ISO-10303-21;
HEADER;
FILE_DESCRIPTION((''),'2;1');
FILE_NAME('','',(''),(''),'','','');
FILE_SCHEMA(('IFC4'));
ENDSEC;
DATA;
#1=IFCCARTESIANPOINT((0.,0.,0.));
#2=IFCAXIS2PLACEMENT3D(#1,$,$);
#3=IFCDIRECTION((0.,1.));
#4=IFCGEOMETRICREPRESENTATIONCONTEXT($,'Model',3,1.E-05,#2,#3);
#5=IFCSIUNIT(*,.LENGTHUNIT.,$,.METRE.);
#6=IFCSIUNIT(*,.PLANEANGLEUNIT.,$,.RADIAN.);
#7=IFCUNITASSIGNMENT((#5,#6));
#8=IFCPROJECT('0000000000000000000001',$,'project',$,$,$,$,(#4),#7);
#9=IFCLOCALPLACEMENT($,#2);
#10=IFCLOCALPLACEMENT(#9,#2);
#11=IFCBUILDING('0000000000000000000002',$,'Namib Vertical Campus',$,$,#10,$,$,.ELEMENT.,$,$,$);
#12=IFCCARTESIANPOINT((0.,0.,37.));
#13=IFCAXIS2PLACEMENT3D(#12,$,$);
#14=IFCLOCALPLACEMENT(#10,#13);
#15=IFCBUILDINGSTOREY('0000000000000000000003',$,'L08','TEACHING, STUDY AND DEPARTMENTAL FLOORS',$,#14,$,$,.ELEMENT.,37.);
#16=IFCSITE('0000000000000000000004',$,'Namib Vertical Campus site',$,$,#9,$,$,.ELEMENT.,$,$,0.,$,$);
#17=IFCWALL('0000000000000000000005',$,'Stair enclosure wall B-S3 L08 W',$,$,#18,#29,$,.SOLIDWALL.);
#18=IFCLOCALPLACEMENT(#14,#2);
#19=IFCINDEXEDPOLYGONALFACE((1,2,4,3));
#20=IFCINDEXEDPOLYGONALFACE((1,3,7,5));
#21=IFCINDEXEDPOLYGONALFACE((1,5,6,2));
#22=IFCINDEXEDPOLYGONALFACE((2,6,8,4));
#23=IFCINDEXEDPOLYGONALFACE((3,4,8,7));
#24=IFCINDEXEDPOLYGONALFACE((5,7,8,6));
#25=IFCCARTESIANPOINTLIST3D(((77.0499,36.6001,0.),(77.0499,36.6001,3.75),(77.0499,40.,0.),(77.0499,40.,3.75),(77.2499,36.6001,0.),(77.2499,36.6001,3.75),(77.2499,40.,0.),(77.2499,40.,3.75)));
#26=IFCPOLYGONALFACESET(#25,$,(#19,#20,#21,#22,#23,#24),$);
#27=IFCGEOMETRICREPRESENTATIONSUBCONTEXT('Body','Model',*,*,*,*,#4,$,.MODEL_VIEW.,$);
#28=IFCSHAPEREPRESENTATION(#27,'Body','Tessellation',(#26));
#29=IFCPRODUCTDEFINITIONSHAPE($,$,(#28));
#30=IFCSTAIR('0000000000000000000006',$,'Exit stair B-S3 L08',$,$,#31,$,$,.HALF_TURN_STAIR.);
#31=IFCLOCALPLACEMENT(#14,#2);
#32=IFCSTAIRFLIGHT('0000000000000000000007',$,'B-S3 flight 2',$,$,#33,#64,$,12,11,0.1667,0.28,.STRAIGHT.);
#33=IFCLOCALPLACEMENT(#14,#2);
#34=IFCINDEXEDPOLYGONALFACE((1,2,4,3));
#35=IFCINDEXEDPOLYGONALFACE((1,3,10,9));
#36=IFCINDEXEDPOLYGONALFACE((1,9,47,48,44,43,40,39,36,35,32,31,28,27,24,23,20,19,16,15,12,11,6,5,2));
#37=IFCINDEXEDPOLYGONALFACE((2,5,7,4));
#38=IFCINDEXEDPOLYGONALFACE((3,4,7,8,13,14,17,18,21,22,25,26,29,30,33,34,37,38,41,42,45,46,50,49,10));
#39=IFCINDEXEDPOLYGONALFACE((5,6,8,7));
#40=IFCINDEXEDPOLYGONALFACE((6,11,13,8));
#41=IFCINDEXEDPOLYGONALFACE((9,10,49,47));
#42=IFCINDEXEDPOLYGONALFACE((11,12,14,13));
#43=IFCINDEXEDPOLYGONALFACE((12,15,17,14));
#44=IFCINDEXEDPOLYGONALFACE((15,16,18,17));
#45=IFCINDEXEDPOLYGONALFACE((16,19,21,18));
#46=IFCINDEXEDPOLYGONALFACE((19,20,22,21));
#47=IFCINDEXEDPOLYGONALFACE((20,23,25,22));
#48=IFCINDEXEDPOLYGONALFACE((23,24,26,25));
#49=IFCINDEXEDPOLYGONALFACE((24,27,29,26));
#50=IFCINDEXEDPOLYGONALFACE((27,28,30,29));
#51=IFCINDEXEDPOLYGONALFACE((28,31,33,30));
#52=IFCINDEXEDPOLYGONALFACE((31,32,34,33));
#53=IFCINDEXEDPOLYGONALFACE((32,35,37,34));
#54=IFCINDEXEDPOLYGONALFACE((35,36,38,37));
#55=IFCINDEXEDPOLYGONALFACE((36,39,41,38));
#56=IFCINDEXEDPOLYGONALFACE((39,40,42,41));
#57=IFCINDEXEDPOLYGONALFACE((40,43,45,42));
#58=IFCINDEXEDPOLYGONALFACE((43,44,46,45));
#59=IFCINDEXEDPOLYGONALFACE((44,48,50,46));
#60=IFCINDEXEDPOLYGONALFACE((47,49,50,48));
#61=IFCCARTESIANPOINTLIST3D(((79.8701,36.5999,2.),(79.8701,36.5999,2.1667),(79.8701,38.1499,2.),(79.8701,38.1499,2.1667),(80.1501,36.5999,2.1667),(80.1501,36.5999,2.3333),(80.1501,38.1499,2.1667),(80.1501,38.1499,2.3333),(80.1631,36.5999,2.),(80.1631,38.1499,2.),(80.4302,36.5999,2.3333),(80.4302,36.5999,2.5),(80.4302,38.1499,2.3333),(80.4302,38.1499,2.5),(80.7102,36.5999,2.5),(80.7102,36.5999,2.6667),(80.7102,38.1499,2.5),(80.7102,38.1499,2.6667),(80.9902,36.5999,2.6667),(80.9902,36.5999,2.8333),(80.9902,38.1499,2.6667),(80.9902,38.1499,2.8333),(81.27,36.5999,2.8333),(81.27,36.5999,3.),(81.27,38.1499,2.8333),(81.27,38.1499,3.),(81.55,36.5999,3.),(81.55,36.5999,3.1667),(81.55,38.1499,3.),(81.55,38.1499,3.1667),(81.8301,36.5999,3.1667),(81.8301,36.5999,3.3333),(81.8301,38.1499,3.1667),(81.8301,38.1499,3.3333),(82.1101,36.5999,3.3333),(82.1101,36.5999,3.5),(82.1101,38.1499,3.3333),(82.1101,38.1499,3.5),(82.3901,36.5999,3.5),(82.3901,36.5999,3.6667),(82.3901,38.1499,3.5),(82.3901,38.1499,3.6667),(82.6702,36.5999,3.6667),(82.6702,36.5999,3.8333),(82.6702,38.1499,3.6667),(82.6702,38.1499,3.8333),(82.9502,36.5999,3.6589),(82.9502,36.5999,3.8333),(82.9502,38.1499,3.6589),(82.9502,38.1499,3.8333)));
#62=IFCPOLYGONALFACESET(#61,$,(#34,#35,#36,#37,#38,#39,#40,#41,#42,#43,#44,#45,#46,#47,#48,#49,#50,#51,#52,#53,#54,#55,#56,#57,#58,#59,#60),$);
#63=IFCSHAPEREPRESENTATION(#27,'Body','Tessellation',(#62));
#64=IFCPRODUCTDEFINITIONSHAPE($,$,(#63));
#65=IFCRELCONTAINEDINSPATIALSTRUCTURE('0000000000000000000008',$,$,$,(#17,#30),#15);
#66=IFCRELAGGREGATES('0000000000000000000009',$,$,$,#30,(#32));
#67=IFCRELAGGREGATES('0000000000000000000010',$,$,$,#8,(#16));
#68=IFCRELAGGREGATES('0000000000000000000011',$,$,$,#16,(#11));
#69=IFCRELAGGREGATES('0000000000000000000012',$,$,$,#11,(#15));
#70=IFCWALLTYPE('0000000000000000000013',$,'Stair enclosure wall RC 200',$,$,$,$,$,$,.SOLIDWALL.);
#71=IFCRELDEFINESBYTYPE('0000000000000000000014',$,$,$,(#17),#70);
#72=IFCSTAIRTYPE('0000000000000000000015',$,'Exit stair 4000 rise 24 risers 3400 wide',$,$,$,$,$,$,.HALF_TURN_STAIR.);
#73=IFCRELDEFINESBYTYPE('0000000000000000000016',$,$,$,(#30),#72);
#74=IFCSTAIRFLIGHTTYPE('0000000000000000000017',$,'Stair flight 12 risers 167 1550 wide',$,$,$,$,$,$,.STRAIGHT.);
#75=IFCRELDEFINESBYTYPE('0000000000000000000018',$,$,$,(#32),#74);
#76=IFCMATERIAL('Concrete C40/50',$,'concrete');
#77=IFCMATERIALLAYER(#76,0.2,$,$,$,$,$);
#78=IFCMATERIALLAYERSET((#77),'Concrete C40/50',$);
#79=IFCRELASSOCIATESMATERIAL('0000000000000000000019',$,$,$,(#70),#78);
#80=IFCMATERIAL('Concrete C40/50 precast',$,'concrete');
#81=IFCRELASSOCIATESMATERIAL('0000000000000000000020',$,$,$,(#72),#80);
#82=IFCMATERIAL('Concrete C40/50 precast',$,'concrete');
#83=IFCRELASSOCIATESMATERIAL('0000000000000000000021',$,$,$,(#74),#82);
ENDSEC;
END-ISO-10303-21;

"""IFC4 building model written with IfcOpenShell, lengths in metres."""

from ifc_helpers import new_model, si_unit, direction, frame, frame_2d, origin, place, context, subcontext, project, spatial, polyline, rectangle, outline, extrude, material, layer, layer_set, type_object, element, aggregate, save


model = new_model("IFC4")

# Units and contexts
model_context = context("Model", 3, precision=1e-05, world=origin(), true_north=direction((0.0, 1.0)))
body_context = subcontext(model_context, "Body", "Model", "MODEL_VIEW")
ifc_project = project(units=[si_unit("LENGTHUNIT", "METRE"), si_unit("PLANEANGLEUNIT", "RADIAN")], contexts=[model_context])

# Site, building, storey
site_placement = place(None, origin())
site = spatial("IfcSite", under=ifc_project, at=site_placement, Name="Namib Vertical Campus site", CompositionType="ELEMENT", RefElevation=0.0)
building_placement = place(site_placement, origin())
building = spatial("IfcBuilding", under=site, at=building_placement, Name="Namib Vertical Campus", CompositionType="ELEMENT")
storey_placement = place(building_placement, frame((0.0, 0.0, 37.0)))
storey = spatial("IfcBuildingStorey", under=building, at=storey_placement, Name="L08", Description="TEACHING, STUDY AND DEPARTMENTAL FLOORS", CompositionType="ELEMENT", Elevation=37.0)

# Shared definitions
ifc_material_1 = material(Name="Concrete C40/50", Category="concrete")
ifc_layer_1 = layer(ifc_material_1, 0.2)
ifc_layer_set_1 = layer_set([ifc_layer_1], Name="Concrete C40/50")
wall_type_1 = type_object("IfcWallType", Name="Stair enclosure wall RC 200", PredefinedType="SOLIDWALL", material=ifc_layer_set_1)

# Wall
wall_1_placement = place(storey_placement, frame((77.1499, 36.6001, 0.0), z_axis=(0.0, 0.0, 1.0), x_axis=(0.0, 1.0, 0.0)))
element("IfcWall", 1, at=wall_1_placement, inside=storey, type_object=wall_type_1, Name="Stair enclosure wall B-S3 L08 W", PredefinedType="SOLIDWALL", context=body_context, shape_type="SweptSolid", body=[
    extrude(rectangle(XDim=3.3999, YDim=0.2, at=frame_2d((1.7, 0.0))), origin(), (0.0, 0.0, 1.0), 3.75),
])

# Stair, stair flight
ifc_material_2 = material(Name="Concrete C40/50 precast", Category="concrete")
stair_type = type_object("IfcStairType", Name="Exit stair 4000 rise 24 risers 3400 wide", PredefinedType="HALF_TURN_STAIR", material=ifc_material_2)
stair_placement = place(storey_placement, origin())
stair = element("IfcStair", 2, at=stair_placement, inside=storey, type_object=stair_type, Name="Exit stair B-S3 L08", PredefinedType="HALF_TURN_STAIR")
ifc_material_3 = material(Name="Concrete C40/50 precast", Category="concrete")
stair_flight_type = type_object("IfcStairFlightType", Name="Stair flight 12 risers 167 1550 wide", PredefinedType="STRAIGHT", material=ifc_material_3)
stair_flight_placement = place(storey_placement, frame((79.8701, 37.375, 2.0), z_axis=(0.0, 0.0, 1.0), x_axis=(1.0, 0.0, 0.0)))
stair_flight = element("IfcStairFlight", 3, at=stair_flight_placement, type_object=stair_flight_type, Name="B-S3 flight 2", NumberOfRisers=12, NumberOfTreads=11, PredefinedType="STRAIGHT", RiserHeight=0.1667, TreadLength=0.28, context=body_context, shape_type="SweptSolid", body=[
    extrude(outline(polyline([(0.0, 0.0), (0.0, 0.1667), (0.28, 0.1667), (0.28, 0.3333), (0.5601, 0.3333), (0.5601, 0.5), (0.8401, 0.5), (0.8401, 0.6667), (1.1201, 0.6667), (1.1201, 0.8333), (1.3999, 0.8333), (1.3999, 1.0), (1.6799, 1.0), (1.6799, 1.1667), (1.96, 1.1667), (1.96, 1.3333), (2.24, 1.3333), (2.24, 1.5), (2.52, 1.5), (2.52, 1.6667), (2.8, 1.6667), (2.8, 1.8333), (3.0801, 1.8333), (3.0801, 2.0), (3.0801, 1.6589), (0.293, 0.0), (0.0, 0.0)])), frame((0.0, 0.7749, 0.0), z_axis=(0.0, -1.0, 0.0), x_axis=(1.0, 0.0, 0.0)), (0.0, 0.0, 1.0), 1.55),
])
aggregate(stair, [stair_flight])

save(model, "model.ifc")
